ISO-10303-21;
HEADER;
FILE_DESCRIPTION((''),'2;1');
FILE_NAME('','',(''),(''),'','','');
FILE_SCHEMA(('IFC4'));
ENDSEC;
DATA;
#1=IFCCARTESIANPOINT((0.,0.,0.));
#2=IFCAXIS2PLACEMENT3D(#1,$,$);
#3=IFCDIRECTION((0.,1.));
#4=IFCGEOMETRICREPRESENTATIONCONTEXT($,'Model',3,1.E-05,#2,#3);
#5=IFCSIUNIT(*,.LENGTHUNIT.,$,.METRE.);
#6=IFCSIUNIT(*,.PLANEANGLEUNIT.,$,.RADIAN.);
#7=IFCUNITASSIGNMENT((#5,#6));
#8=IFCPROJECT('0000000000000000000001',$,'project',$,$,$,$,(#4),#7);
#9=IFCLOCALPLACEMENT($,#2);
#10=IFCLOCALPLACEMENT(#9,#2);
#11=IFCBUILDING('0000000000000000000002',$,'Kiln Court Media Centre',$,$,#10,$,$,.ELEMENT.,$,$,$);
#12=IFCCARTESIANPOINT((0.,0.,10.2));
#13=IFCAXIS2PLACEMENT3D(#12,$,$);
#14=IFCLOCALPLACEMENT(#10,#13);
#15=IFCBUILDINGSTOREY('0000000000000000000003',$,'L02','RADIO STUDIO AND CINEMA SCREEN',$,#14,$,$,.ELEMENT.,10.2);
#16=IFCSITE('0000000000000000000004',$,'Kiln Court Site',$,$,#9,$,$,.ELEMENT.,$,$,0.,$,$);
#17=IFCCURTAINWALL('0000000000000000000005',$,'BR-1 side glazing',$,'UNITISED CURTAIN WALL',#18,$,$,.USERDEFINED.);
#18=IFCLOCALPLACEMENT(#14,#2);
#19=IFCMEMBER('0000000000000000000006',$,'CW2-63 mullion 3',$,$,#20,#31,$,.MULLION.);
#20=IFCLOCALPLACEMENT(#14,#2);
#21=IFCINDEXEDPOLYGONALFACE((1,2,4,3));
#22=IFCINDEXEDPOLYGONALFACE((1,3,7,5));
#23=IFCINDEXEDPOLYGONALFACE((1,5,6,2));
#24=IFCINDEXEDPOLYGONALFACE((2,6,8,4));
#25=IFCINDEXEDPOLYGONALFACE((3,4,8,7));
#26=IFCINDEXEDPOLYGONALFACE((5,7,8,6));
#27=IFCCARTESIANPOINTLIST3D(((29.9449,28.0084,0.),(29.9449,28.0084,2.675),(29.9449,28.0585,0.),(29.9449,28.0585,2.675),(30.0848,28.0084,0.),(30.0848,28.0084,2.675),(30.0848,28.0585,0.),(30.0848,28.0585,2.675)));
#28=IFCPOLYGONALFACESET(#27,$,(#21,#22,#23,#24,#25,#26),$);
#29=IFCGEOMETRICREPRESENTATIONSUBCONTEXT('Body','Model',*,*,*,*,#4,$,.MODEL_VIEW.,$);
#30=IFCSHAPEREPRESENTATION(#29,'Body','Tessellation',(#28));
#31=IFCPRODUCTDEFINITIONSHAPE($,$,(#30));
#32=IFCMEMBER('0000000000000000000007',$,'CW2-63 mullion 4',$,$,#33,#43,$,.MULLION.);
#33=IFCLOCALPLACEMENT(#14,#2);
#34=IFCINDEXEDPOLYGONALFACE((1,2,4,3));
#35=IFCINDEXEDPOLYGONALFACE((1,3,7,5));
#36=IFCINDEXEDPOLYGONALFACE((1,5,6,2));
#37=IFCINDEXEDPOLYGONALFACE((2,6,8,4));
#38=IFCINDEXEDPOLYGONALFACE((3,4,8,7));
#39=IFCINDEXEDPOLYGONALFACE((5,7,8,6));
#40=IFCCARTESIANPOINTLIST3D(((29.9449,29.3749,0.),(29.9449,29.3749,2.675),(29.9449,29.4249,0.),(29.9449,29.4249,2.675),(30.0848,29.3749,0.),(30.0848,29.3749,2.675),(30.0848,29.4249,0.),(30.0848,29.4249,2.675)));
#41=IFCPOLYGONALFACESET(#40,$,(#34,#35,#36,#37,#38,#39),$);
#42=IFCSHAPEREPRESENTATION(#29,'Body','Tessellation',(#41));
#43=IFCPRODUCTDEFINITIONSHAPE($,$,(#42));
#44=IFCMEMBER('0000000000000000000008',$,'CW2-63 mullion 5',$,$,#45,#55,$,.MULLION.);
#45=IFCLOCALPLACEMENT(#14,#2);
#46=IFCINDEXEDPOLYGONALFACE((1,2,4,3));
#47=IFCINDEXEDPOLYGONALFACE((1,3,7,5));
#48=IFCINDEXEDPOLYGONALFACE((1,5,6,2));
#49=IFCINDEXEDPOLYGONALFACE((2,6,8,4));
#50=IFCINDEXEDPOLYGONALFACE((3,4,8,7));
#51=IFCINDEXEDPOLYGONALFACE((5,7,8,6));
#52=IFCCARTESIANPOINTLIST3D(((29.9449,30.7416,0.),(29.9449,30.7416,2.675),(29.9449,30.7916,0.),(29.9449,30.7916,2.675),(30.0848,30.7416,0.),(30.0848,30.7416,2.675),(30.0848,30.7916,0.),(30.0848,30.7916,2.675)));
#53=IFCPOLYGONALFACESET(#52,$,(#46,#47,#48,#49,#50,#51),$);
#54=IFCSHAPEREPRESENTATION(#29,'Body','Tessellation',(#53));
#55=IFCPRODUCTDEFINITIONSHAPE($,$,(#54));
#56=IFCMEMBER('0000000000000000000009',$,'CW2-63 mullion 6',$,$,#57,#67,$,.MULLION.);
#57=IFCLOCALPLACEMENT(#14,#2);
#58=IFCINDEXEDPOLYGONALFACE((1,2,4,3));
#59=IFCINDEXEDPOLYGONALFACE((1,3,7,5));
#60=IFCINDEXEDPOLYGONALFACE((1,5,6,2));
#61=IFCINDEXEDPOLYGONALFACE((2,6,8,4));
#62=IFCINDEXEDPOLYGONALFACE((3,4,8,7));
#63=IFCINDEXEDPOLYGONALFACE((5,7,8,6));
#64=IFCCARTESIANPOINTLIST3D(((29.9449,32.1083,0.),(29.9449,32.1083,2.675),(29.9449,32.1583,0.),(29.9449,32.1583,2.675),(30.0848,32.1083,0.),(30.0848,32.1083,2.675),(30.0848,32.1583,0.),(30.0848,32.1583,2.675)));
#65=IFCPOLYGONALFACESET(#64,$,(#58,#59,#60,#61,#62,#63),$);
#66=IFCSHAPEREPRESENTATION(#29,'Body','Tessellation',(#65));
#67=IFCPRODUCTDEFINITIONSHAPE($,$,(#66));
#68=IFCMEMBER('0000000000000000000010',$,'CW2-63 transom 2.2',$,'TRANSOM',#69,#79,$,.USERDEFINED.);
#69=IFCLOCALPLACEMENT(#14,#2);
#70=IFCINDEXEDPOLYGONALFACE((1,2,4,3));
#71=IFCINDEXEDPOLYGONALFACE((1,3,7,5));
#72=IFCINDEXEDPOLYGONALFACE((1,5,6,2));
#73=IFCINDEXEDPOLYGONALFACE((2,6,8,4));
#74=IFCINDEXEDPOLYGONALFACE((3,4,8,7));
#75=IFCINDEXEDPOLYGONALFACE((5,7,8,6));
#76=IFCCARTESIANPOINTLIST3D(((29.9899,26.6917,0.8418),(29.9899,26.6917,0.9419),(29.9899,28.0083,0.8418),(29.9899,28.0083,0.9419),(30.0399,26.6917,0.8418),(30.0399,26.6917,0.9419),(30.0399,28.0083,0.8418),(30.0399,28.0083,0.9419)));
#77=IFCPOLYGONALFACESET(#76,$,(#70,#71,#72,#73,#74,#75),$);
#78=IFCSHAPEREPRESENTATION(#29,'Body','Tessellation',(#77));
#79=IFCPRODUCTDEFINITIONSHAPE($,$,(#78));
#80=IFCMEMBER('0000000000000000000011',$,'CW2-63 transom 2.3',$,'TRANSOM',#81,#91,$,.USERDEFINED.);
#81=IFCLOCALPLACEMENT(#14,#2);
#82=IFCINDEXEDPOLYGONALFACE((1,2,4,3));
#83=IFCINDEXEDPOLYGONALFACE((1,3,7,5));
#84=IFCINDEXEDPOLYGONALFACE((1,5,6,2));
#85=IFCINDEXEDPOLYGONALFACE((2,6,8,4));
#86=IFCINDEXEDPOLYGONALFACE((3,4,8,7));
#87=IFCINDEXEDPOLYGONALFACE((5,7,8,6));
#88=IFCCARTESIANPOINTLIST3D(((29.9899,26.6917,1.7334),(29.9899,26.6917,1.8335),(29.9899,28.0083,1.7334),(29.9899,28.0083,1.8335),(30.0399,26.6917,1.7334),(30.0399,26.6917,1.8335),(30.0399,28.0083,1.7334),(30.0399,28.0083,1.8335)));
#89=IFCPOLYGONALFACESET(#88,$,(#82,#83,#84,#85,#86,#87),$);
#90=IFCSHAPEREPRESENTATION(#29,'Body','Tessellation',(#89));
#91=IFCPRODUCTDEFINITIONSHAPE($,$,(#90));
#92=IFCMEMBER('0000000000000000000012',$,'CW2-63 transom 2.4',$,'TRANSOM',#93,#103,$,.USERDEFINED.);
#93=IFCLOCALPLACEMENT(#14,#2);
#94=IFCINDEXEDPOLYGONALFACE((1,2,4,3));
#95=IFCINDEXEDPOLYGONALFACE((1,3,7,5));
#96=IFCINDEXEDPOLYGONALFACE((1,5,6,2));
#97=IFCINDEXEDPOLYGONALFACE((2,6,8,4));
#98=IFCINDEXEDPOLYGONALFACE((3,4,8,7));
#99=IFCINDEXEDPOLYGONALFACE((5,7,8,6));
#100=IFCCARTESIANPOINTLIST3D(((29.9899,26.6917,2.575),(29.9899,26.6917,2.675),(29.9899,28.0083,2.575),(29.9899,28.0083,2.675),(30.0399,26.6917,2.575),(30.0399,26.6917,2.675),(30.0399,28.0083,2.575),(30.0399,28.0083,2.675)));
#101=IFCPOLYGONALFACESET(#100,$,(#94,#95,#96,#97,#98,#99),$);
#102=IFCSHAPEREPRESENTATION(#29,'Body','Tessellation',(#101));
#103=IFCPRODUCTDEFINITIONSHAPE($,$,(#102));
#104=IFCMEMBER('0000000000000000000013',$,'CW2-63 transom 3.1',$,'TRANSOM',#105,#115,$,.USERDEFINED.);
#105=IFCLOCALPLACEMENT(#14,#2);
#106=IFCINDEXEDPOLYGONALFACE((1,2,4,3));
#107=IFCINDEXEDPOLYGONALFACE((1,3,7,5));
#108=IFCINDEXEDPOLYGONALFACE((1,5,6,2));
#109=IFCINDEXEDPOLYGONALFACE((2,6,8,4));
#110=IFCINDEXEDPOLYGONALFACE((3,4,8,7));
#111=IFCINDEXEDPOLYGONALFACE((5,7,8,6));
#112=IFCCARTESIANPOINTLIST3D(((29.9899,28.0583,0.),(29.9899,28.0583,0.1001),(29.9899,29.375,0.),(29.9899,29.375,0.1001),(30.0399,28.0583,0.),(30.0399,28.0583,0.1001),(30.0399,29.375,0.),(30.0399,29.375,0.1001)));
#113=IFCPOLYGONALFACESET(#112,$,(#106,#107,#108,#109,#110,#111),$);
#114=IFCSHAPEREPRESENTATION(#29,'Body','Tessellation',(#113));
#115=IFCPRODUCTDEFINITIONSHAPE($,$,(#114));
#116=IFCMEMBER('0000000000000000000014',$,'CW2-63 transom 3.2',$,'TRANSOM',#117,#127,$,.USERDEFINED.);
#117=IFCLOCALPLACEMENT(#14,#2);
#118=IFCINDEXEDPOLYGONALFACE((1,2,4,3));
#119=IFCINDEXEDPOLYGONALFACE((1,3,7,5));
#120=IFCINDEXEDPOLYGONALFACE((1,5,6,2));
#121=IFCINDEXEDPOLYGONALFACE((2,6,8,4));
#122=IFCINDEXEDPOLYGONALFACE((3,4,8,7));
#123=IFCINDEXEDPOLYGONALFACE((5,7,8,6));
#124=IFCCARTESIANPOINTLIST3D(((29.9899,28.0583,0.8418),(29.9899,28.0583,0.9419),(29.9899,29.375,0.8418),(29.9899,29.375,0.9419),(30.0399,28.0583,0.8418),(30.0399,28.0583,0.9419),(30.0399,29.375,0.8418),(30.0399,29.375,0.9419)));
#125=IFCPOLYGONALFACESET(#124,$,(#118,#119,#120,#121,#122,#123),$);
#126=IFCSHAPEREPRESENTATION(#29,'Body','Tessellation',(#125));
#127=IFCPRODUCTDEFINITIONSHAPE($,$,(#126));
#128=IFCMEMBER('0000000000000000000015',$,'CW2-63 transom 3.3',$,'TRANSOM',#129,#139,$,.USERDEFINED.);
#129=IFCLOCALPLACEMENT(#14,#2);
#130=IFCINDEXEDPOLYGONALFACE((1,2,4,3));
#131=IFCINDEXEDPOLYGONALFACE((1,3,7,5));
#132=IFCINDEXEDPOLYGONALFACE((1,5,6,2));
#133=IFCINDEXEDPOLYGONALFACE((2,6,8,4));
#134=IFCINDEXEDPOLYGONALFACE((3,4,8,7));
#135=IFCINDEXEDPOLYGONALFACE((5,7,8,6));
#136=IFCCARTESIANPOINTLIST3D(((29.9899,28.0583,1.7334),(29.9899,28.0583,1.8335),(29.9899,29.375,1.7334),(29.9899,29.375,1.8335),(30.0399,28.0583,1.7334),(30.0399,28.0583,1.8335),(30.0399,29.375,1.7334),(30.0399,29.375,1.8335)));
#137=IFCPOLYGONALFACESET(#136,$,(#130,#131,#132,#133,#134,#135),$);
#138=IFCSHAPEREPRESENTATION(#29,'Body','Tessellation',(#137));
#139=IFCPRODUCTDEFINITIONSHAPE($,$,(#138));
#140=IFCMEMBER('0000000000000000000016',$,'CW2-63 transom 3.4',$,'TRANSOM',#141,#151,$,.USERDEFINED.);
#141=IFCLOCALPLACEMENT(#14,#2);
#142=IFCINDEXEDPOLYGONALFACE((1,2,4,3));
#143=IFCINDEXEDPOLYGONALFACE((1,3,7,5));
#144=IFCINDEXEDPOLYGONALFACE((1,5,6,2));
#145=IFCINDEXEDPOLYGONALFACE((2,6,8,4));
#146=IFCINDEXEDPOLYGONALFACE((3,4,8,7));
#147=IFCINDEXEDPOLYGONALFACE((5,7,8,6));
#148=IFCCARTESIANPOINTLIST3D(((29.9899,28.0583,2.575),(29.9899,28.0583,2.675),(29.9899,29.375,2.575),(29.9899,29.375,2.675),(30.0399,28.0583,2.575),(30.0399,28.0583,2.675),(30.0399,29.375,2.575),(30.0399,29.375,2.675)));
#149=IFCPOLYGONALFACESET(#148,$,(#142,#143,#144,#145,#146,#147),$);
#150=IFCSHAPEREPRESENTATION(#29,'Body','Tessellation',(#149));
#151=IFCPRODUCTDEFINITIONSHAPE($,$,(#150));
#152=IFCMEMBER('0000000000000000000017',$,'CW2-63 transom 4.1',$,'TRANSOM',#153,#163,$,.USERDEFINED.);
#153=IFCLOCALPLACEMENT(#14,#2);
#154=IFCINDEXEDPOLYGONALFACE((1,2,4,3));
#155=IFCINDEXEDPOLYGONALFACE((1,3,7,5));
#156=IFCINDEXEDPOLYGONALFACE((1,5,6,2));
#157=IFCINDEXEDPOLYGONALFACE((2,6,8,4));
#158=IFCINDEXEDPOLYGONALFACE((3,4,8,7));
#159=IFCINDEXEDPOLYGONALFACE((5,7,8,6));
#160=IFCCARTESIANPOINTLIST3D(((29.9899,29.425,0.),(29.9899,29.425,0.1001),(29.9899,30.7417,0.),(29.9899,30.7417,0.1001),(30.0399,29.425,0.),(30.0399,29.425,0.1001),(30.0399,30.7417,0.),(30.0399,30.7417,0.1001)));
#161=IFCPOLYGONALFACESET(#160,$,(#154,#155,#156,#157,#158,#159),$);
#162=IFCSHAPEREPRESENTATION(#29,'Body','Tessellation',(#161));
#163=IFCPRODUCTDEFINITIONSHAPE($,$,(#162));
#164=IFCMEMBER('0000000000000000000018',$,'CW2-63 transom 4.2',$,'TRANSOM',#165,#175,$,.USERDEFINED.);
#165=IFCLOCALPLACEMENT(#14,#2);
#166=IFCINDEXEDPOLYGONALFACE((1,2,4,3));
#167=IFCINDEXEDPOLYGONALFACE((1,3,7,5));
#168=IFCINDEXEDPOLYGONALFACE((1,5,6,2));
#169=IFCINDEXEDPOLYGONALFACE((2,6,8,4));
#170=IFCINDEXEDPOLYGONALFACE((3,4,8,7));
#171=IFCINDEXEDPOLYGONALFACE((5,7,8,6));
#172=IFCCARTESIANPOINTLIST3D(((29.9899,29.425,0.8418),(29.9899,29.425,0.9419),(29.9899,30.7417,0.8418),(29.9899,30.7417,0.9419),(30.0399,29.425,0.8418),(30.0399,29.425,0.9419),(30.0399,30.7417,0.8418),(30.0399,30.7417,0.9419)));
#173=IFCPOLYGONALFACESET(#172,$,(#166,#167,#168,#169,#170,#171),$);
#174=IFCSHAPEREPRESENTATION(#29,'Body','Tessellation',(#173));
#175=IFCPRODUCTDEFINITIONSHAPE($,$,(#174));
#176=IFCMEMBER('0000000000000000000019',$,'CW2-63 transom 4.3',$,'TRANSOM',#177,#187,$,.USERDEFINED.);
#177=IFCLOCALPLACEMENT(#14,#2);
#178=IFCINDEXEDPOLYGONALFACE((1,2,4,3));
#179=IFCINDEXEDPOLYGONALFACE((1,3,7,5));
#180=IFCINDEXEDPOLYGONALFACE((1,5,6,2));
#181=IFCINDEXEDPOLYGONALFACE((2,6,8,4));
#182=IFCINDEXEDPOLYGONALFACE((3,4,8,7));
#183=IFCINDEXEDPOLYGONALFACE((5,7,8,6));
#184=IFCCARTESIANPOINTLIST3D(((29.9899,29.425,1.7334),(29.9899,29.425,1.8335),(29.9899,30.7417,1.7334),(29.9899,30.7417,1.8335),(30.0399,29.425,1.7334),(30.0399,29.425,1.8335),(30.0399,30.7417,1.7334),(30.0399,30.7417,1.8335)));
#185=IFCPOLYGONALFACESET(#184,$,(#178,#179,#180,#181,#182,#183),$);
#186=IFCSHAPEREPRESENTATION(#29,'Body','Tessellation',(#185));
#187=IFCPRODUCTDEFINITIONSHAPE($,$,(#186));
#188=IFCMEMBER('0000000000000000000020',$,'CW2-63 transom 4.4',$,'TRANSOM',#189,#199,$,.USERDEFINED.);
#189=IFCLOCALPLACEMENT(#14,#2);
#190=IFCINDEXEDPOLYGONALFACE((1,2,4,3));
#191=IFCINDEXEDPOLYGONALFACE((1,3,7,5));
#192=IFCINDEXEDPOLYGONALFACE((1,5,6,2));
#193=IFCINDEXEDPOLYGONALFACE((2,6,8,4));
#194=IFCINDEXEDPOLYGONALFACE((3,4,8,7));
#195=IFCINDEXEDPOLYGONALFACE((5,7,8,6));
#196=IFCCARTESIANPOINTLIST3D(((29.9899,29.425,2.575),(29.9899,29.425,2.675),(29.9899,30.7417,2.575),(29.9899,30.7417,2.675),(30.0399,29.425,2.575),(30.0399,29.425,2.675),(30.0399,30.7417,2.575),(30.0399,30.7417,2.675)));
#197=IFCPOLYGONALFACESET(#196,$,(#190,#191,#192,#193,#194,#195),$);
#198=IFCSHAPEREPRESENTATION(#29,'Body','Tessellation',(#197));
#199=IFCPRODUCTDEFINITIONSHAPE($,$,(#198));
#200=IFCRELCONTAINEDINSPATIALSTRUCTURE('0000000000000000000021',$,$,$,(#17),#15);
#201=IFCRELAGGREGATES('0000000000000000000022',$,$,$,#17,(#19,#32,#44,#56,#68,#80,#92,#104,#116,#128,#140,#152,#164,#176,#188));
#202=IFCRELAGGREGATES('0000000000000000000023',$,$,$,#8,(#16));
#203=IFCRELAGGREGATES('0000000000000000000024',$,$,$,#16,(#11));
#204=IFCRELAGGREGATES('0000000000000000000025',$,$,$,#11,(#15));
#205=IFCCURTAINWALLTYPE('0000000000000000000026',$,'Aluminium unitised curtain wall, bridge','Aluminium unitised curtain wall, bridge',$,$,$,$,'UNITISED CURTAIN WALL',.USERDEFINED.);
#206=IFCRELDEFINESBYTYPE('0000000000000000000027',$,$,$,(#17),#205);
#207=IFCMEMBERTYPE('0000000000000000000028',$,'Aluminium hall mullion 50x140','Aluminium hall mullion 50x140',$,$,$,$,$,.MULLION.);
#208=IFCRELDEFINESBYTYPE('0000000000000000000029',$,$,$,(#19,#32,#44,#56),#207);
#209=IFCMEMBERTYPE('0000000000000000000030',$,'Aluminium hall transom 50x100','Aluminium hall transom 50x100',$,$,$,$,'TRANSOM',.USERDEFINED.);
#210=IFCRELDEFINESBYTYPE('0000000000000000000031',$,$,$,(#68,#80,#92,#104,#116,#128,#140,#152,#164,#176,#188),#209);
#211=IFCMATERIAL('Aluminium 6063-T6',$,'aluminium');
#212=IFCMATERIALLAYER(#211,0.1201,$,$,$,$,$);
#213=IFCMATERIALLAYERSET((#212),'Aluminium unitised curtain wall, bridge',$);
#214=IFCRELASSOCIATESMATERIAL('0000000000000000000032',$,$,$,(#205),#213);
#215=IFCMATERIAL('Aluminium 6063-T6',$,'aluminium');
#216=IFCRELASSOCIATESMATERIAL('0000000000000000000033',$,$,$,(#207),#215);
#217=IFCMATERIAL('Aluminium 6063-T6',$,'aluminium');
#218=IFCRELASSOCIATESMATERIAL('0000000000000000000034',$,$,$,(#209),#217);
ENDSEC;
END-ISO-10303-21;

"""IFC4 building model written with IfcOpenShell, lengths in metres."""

from ifc_helpers import new_model, si_unit, direction, frame, origin, origin_2d, place, context, subcontext, project, spatial, rectangle, extrude, material, layer, layer_set, material_profile, profile_set, type_object, element, aggregate, save


model = new_model("IFC4")

# Units and contexts
model_context = context("Model", 3, precision=1e-05, world=origin(), true_north=direction((0.0, 1.0)))
body_context = subcontext(model_context, "Body", "Model", "MODEL_VIEW")
ifc_project = project(units=[si_unit("LENGTHUNIT", "METRE"), si_unit("PLANEANGLEUNIT", "RADIAN")], contexts=[model_context])

# Site, building, storey
site_placement = place(None, origin())
site = spatial("IfcSite", under=ifc_project, at=site_placement, Name="Kiln Court Site", CompositionType="ELEMENT", RefElevation=0.0)
building_placement = place(site_placement, origin())
building = spatial("IfcBuilding", under=site, at=building_placement, Name="Kiln Court Media Centre", CompositionType="ELEMENT")
storey_placement = place(building_placement, frame((0.0, 0.0, 10.2)))
storey = spatial("IfcBuildingStorey", under=building, at=storey_placement, Name="L02", Description="RADIO STUDIO AND CINEMA SCREEN", CompositionType="ELEMENT", Elevation=10.2)

# Curtain wall, members
ifc_material_1 = material(Name="Aluminium 6063-T6", Category="aluminium")
ifc_layer_1 = layer(ifc_material_1, 0.1201)
ifc_layer_set_1 = layer_set([ifc_layer_1], Name="Aluminium unitised curtain wall, bridge")
curtain_wall_type = type_object("IfcCurtainWallType", Name="Aluminium unitised curtain wall, bridge", Description="Aluminium unitised curtain wall, bridge", ElementType="UNITISED CURTAIN WALL", PredefinedType="USERDEFINED", material=ifc_layer_set_1)
curtain_wall_placement = place(storey_placement, origin())
curtain_wall = element("IfcCurtainWall", 1, at=curtain_wall_placement, inside=storey, type_object=curtain_wall_type, Name="BR-1 side glazing", ObjectType="UNITISED CURTAIN WALL", PredefinedType="USERDEFINED")
ifc_material_2 = material(Name="Aluminium 6063-T6", Category="aluminium")
ifc_material_profile_1 = material_profile(ifc_material_2, rectangle(XDim=0.05, YDim=0.1399, at=origin_2d()), Name="Aluminium hall mullion 50x140")
ifc_profile_set_1 = profile_set([ifc_material_profile_1], Name="Aluminium 6063-T6")
member_type_1 = type_object("IfcMemberType", Name="Aluminium hall mullion 50x140", Description="Aluminium hall mullion 50x140", PredefinedType="MULLION", material=ifc_profile_set_1)
member_1_placement = place(storey_placement, frame((30.0149, 28.0334, 0.0), z_axis=(0.0, 0.0, 1.0), x_axis=(0.0, 1.0, 0.0)))
member_1 = element("IfcMember", 2, at=member_1_placement, type_object=member_type_1, Name="CW2-63 mullion 3", PredefinedType="MULLION", context=body_context, shape_type="SweptSolid", body=[
    extrude(rectangle(XDim=0.05, YDim=0.1399, at=origin_2d()), origin(), (0.0, 0.0, 1.0), 2.675),
])
member_2_placement = place(storey_placement, frame((30.0149, 29.3999, 0.0), z_axis=(0.0, 0.0, 1.0), x_axis=(0.0, 1.0, 0.0)))
member_2 = element("IfcMember", 3, at=member_2_placement, type_object=member_type_1, Name="CW2-63 mullion 4", PredefinedType="MULLION", context=body_context, shape_type="SweptSolid", body=[
    extrude(rectangle(XDim=0.05, YDim=0.1399, at=origin_2d()), origin(), (0.0, 0.0, 1.0), 2.675),
])
member_3_placement = place(storey_placement, frame((30.0149, 30.7666, 0.0), z_axis=(0.0, 0.0, 1.0), x_axis=(0.0, 1.0, 0.0)))
member_3 = element("IfcMember", 4, at=member_3_placement, type_object=member_type_1, Name="CW2-63 mullion 5", PredefinedType="MULLION", context=body_context, shape_type="SweptSolid", body=[
    extrude(rectangle(XDim=0.05, YDim=0.1399, at=origin_2d()), origin(), (0.0, 0.0, 1.0), 2.675),
])
member_4_placement = place(storey_placement, frame((30.0149, 32.1333, 0.0), z_axis=(0.0, 0.0, 1.0), x_axis=(0.0, 1.0, 0.0)))
member_4 = element("IfcMember", 5, at=member_4_placement, type_object=member_type_1, Name="CW2-63 mullion 6", PredefinedType="MULLION", context=body_context, shape_type="SweptSolid", body=[
    extrude(rectangle(XDim=0.05, YDim=0.1399, at=origin_2d()), origin(), (0.0, 0.0, 1.0), 2.675),
])
ifc_material_3 = material(Name="Aluminium 6063-T6", Category="aluminium")
ifc_material_profile_2 = material_profile(ifc_material_3, rectangle(XDim=0.05, YDim=0.1001, at=origin_2d()), Name="Aluminium hall transom 50x100")
ifc_profile_set_2 = profile_set([ifc_material_profile_2], Name="Aluminium 6063-T6")
member_type_2 = type_object("IfcMemberType", Name="Aluminium hall transom 50x100", Description="Aluminium hall transom 50x100", ElementType="TRANSOM", PredefinedType="USERDEFINED", material=ifc_profile_set_2)
member_5_placement = place(storey_placement, frame((30.0149, 26.6917, 0.8918), z_axis=(0.0, 1.0, 0.0), x_axis=(-1.0, 0.0, 0.0)))
member_5 = element("IfcMember", 6, at=member_5_placement, type_object=member_type_2, Name="CW2-63 transom 2.2", ObjectType="TRANSOM", PredefinedType="USERDEFINED", context=body_context, shape_type="SweptSolid", body=[
    extrude(rectangle(XDim=0.05, YDim=0.1001, at=origin_2d()), origin(), (0.0, 0.0, 1.0), 1.3167),
])
member_6_placement = place(storey_placement, frame((30.0149, 26.6917, 1.7834), z_axis=(0.0, 1.0, 0.0), x_axis=(-1.0, 0.0, 0.0)))
member_6 = element("IfcMember", 7, at=member_6_placement, type_object=member_type_2, Name="CW2-63 transom 2.3", ObjectType="TRANSOM", PredefinedType="USERDEFINED", context=body_context, shape_type="SweptSolid", body=[
    extrude(rectangle(XDim=0.05, YDim=0.1001, at=origin_2d()), origin(), (0.0, 0.0, 1.0), 1.3167),
])
member_7_placement = place(storey_placement, frame((30.0149, 26.6917, 2.625), z_axis=(0.0, 1.0, 0.0), x_axis=(-1.0, 0.0, 0.0)))
member_7 = element("IfcMember", 8, at=member_7_placement, type_object=member_type_2, Name="CW2-63 transom 2.4", ObjectType="TRANSOM", PredefinedType="USERDEFINED", context=body_context, shape_type="SweptSolid", body=[
    extrude(rectangle(XDim=0.05, YDim=0.1001, at=origin_2d()), origin(), (0.0, 0.0, 1.0), 1.3167),
])
member_8_placement = place(storey_placement, frame((30.0149, 28.0583, 0.05), z_axis=(0.0, 1.0, 0.0), x_axis=(-1.0, 0.0, 0.0)))
member_8 = element("IfcMember", 9, at=member_8_placement, type_object=member_type_2, Name="CW2-63 transom 3.1", ObjectType="TRANSOM", PredefinedType="USERDEFINED", context=body_context, shape_type="SweptSolid", body=[
    extrude(rectangle(XDim=0.05, YDim=0.1001, at=origin_2d()), origin(), (0.0, 0.0, 1.0), 1.3167),
])
member_9_placement = place(storey_placement, frame((30.0149, 28.0583, 0.8918), z_axis=(0.0, 1.0, 0.0), x_axis=(-1.0, 0.0, 0.0)))
member_9 = element("IfcMember", 10, at=member_9_placement, type_object=member_type_2, Name="CW2-63 transom 3.2", ObjectType="TRANSOM", PredefinedType="USERDEFINED", context=body_context, shape_type="SweptSolid", body=[
    extrude(rectangle(XDim=0.05, YDim=0.1001, at=origin_2d()), origin(), (0.0, 0.0, 1.0), 1.3167),
])
member_10_placement = place(storey_placement, frame((30.0149, 28.0583, 1.7834), z_axis=(0.0, 1.0, 0.0), x_axis=(-1.0, 0.0, 0.0)))
member_10 = element("IfcMember", 11, at=member_10_placement, type_object=member_type_2, Name="CW2-63 transom 3.3", ObjectType="TRANSOM", PredefinedType="USERDEFINED", context=body_context, shape_type="SweptSolid", body=[
    extrude(rectangle(XDim=0.05, YDim=0.1001, at=origin_2d()), origin(), (0.0, 0.0, 1.0), 1.3167),
])
member_11_placement = place(storey_placement, frame((30.0149, 28.0583, 2.625), z_axis=(0.0, 1.0, 0.0), x_axis=(-1.0, 0.0, 0.0)))
member_11 = element("IfcMember", 12, at=member_11_placement, type_object=member_type_2, Name="CW2-63 transom 3.4", ObjectType="TRANSOM", PredefinedType="USERDEFINED", context=body_context, shape_type="SweptSolid", body=[
    extrude(rectangle(XDim=0.05, YDim=0.1001, at=origin_2d()), origin(), (0.0, 0.0, 1.0), 1.3167),
])
member_12_placement = place(storey_placement, frame((30.0149, 29.425, 0.05), z_axis=(0.0, 1.0, 0.0), x_axis=(-1.0, 0.0, 0.0)))
member_12 = element("IfcMember", 13, at=member_12_placement, type_object=member_type_2, Name="CW2-63 transom 4.1", ObjectType="TRANSOM", PredefinedType="USERDEFINED", context=body_context, shape_type="SweptSolid", body=[
    extrude(rectangle(XDim=0.05, YDim=0.1001, at=origin_2d()), origin(), (0.0, 0.0, 1.0), 1.3167),
])
member_13_placement = place(storey_placement, frame((30.0149, 29.425, 0.8918), z_axis=(0.0, 1.0, 0.0), x_axis=(-1.0, 0.0, 0.0)))
member_13 = element("IfcMember", 14, at=member_13_placement, type_object=member_type_2, Name="CW2-63 transom 4.2", ObjectType="TRANSOM", PredefinedType="USERDEFINED", context=body_context, shape_type="SweptSolid", body=[
    extrude(rectangle(XDim=0.05, YDim=0.1001, at=origin_2d()), origin(), (0.0, 0.0, 1.0), 1.3167),
])
member_14_placement = place(storey_placement, frame((30.0149, 29.425, 1.7834), z_axis=(0.0, 1.0, 0.0), x_axis=(-1.0, 0.0, 0.0)))
member_14 = element("IfcMember", 15, at=member_14_placement, type_object=member_type_2, Name="CW2-63 transom 4.3", ObjectType="TRANSOM", PredefinedType="USERDEFINED", context=body_context, shape_type="SweptSolid", body=[
    extrude(rectangle(XDim=0.05, YDim=0.1001, at=origin_2d()), origin(), (0.0, 0.0, 1.0), 1.3167),
])
member_15_placement = place(storey_placement, frame((30.0149, 29.425, 2.625), z_axis=(0.0, 1.0, 0.0), x_axis=(-1.0, 0.0, 0.0)))
member_15 = element("IfcMember", 16, at=member_15_placement, type_object=member_type_2, Name="CW2-63 transom 4.4", ObjectType="TRANSOM", PredefinedType="USERDEFINED", context=body_context, shape_type="SweptSolid", body=[
    extrude(rectangle(XDim=0.05, YDim=0.1001, at=origin_2d()), origin(), (0.0, 0.0, 1.0), 1.3167),
])
aggregate(curtain_wall, [member_1, member_2, member_3, member_4, member_5, member_6, member_7, member_8, member_9, member_10, member_11, member_12, member_13, member_14, member_15])

save(model, "model.ifc")
